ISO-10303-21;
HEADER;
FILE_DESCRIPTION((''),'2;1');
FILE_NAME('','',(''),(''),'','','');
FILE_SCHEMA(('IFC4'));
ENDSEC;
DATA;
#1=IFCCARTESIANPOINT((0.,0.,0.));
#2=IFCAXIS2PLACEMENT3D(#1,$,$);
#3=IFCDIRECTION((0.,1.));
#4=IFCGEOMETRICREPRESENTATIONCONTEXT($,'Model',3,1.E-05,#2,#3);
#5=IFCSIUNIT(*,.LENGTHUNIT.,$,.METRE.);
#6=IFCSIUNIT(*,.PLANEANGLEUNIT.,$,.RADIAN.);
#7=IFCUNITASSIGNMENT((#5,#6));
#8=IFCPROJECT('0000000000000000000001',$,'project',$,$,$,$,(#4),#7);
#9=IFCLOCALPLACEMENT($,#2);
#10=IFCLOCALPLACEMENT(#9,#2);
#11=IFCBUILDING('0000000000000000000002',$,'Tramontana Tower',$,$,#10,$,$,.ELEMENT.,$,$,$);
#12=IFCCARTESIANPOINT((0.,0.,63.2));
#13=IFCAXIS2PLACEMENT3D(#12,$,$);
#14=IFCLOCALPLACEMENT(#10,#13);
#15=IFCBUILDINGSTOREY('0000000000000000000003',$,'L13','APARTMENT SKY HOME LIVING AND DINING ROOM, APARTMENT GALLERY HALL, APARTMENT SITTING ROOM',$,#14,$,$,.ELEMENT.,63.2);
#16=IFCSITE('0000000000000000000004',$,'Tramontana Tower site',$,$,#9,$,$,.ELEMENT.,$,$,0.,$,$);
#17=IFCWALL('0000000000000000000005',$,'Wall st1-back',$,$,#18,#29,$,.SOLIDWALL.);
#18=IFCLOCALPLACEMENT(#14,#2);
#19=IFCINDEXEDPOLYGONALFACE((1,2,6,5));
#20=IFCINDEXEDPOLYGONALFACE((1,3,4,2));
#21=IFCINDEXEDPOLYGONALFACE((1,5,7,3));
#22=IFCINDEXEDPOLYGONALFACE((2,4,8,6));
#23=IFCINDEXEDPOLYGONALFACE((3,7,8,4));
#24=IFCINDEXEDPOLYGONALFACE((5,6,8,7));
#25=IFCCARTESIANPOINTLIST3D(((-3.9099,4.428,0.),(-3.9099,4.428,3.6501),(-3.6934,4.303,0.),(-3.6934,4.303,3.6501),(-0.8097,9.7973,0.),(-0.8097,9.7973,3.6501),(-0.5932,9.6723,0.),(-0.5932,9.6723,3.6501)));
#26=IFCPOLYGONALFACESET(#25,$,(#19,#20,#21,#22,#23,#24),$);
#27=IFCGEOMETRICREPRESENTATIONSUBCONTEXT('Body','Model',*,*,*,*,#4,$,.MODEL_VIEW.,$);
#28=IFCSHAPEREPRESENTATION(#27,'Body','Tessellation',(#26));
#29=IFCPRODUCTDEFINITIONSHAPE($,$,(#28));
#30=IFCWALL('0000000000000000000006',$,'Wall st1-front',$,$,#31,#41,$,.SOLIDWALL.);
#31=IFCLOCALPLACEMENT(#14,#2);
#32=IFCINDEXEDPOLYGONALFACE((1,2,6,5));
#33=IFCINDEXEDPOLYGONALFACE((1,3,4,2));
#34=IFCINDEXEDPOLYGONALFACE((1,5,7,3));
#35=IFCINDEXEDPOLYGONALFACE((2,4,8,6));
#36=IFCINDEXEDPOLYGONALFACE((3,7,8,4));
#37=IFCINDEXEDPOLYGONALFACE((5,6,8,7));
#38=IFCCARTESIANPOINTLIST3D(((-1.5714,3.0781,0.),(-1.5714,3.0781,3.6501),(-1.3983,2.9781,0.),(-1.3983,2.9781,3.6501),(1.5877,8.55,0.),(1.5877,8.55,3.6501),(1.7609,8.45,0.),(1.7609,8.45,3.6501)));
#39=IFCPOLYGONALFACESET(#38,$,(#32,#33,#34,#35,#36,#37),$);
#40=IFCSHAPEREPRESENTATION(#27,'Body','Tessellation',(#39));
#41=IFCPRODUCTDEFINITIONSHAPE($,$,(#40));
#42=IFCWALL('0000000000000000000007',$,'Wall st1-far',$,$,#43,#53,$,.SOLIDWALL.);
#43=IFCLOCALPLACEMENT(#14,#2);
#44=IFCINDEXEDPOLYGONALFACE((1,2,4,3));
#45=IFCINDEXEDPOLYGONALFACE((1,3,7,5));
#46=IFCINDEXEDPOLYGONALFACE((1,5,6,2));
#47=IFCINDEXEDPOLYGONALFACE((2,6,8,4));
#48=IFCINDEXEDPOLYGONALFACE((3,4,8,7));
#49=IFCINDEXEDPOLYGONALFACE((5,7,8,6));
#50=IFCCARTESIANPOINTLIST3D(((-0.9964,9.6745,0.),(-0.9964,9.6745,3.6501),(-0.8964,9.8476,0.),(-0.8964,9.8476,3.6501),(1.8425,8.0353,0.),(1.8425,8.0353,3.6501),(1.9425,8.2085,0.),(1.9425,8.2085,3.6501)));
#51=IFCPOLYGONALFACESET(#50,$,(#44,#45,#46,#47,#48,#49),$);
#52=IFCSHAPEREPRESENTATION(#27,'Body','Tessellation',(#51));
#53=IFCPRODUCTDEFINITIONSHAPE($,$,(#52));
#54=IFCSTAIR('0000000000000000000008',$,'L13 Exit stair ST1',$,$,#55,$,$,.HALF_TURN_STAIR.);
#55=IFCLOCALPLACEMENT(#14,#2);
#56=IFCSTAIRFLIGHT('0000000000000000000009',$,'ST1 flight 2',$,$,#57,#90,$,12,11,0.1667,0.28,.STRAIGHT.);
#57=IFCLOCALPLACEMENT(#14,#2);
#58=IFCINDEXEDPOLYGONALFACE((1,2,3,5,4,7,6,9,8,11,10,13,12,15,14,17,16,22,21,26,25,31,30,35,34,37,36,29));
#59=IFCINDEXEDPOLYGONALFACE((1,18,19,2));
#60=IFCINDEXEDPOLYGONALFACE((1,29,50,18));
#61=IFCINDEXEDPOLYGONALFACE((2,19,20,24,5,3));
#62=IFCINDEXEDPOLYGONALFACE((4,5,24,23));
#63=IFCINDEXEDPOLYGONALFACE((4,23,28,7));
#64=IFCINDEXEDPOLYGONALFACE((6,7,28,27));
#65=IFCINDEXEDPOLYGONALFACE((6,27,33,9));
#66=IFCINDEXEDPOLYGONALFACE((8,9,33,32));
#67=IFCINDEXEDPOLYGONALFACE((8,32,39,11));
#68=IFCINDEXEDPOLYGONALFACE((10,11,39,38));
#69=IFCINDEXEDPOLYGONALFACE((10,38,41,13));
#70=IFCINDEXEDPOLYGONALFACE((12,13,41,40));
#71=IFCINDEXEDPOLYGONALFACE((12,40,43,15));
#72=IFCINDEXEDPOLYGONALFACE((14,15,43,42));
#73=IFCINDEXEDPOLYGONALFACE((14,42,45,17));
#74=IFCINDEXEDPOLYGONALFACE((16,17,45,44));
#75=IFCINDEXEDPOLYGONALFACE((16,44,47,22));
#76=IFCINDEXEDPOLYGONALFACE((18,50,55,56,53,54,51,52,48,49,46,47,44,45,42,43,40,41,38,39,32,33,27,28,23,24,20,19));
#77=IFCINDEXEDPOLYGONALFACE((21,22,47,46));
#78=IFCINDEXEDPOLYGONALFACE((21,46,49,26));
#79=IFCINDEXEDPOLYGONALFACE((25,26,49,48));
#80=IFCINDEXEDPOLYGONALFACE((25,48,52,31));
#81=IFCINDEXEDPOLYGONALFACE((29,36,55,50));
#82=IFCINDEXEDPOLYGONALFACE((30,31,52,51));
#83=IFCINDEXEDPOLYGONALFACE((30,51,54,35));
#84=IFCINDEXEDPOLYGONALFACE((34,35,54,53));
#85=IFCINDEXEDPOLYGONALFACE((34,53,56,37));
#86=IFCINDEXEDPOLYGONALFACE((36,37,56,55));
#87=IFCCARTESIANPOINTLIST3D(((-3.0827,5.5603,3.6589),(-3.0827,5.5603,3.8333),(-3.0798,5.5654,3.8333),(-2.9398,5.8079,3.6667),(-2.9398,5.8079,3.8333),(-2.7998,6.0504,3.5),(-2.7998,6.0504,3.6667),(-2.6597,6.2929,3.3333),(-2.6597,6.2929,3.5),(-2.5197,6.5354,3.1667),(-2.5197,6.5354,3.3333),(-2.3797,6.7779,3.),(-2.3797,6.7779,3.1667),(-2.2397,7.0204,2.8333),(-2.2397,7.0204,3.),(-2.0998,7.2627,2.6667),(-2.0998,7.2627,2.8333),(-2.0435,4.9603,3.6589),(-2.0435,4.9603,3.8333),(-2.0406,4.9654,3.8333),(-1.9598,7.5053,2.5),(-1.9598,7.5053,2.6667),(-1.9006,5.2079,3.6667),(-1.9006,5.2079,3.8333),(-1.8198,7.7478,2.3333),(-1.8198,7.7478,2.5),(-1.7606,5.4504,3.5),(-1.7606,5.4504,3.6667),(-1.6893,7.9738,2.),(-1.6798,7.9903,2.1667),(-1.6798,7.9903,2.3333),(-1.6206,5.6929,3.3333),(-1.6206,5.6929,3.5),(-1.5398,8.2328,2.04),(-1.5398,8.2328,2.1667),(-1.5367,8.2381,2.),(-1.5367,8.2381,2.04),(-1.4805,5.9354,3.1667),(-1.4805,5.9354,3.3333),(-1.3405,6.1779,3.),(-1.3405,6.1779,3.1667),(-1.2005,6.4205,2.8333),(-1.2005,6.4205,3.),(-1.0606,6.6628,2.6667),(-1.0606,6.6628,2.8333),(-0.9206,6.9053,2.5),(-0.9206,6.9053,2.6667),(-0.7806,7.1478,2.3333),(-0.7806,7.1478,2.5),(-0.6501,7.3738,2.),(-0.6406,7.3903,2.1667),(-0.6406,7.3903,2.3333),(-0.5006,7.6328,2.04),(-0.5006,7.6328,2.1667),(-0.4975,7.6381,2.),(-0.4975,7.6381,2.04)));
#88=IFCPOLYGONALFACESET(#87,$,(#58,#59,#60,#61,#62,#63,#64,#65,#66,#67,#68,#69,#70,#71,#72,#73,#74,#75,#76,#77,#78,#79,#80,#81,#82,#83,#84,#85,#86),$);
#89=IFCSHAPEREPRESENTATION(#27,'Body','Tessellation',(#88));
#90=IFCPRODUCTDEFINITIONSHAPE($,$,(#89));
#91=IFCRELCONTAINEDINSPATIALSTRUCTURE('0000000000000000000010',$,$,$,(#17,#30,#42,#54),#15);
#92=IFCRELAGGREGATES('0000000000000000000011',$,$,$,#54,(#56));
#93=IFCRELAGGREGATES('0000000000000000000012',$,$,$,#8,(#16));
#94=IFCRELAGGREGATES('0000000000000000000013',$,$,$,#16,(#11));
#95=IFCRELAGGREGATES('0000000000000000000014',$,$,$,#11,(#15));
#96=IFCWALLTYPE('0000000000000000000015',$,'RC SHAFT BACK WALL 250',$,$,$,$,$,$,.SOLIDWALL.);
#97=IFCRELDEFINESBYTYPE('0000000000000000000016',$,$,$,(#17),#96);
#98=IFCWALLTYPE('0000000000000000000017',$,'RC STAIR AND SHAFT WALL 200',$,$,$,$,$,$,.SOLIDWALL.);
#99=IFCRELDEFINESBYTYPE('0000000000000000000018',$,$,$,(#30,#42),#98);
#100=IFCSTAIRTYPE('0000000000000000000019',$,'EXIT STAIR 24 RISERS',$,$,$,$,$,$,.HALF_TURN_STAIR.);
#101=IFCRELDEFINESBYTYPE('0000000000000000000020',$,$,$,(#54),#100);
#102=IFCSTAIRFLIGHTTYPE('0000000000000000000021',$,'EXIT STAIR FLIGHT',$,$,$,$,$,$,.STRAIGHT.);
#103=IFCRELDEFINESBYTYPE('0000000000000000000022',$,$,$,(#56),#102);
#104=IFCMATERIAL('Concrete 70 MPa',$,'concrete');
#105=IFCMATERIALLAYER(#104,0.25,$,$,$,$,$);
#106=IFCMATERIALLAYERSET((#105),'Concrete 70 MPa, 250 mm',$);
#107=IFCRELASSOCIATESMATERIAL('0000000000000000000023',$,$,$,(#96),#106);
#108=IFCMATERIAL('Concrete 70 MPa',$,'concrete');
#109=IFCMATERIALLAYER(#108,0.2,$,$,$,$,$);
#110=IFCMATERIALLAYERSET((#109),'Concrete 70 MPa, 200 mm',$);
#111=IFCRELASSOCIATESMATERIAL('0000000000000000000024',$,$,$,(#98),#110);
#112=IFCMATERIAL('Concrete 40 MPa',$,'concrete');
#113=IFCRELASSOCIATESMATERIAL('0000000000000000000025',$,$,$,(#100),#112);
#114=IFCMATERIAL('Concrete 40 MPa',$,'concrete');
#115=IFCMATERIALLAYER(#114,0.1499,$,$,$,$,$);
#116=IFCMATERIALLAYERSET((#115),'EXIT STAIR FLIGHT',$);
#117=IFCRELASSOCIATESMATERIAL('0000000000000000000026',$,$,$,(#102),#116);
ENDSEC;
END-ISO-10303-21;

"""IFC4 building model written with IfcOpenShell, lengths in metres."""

from ifc_helpers import new_model, si_unit, direction, frame, frame_2d, origin, place, context, subcontext, project, spatial, polyline, rectangle, outline, extrude, material, layer, layer_set, type_object, element, aggregate, save


model = new_model("IFC4")

# Units and contexts
model_context = context("Model", 3, precision=1e-05, world=origin(), true_north=direction((0.0, 1.0)))
body_context = subcontext(model_context, "Body", "Model", "MODEL_VIEW")
ifc_project = project(units=[si_unit("LENGTHUNIT", "METRE"), si_unit("PLANEANGLEUNIT", "RADIAN")], contexts=[model_context])

# Site, building, storey
site_placement = place(None, origin())
site = spatial("IfcSite", under=ifc_project, at=site_placement, Name="Tramontana Tower site", CompositionType="ELEMENT", RefElevation=0.0)
building_placement = place(site_placement, origin())
building = spatial("IfcBuilding", under=site, at=building_placement, Name="Tramontana Tower", CompositionType="ELEMENT")
storey_placement = place(building_placement, frame((0.0, 0.0, 63.2)))
storey = spatial("IfcBuildingStorey", under=building, at=storey_placement, Name="L13", Description="APARTMENT SKY HOME LIVING AND DINING ROOM, APARTMENT GALLERY HALL, APARTMENT SITTING ROOM", CompositionType="ELEMENT", Elevation=63.2)

# Walls
ifc_material_1 = material(Name="Concrete 70 MPa", Category="concrete")
ifc_layer_1 = layer(ifc_material_1, 0.25)
ifc_layer_set_1 = layer_set([ifc_layer_1], Name="Concrete 70 MPa, 250 mm")
wall_type_1 = type_object("IfcWallType", Name="RC SHAFT BACK WALL 250", PredefinedType="SOLIDWALL", material=ifc_layer_set_1)
wall_1_placement = place(storey_placement, frame((-0.7014, 9.7349, 0.0), z_axis=(0.0, 0.0, 1.0), x_axis=(-0.500027, -0.86601, 0.0)))
element("IfcWall", 1, at=wall_1_placement, inside=storey, type_object=wall_type_1, Name="Wall st1-back", PredefinedType="SOLIDWALL", context=body_context, shape_type="SweptSolid", body=[
    extrude(rectangle(XDim=6.2, YDim=0.25, at=frame_2d((3.1001, 0.0))), origin(), (0.0, 0.0, 1.0), 3.6501),
])
ifc_material_2 = material(Name="Concrete 70 MPa", Category="concrete")
ifc_layer_2 = layer(ifc_material_2, 0.2)
ifc_layer_set_2 = layer_set([ifc_layer_2], Name="Concrete 70 MPa, 200 mm")
wall_type_2 = type_object("IfcWallType", Name="RC STAIR AND SHAFT WALL 200", PredefinedType="SOLIDWALL", material=ifc_layer_set_2)
wall_2_placement = place(storey_placement, frame((1.6743, 8.5, 0.0), z_axis=(0.0, 0.0, 1.0), x_axis=(-0.499996, -0.866028, 0.0)))
element("IfcWall", 2, at=wall_2_placement, inside=storey, type_object=wall_type_2, Name="Wall st1-front", PredefinedType="SOLIDWALL", context=body_context, shape_type="SweptSolid", body=[
    extrude(rectangle(XDim=6.3184, YDim=0.2, at=frame_2d((3.1592, 0.0))), origin(), (0.0, 0.0, 1.0), 3.6501),
])
wall_3_placement = place(storey_placement, frame((1.8926, 8.1218, 0.0), z_axis=(0.0, 0.0, 1.0), x_axis=(-0.866007, 0.500032, 0.0)))
element("IfcWall", 3, at=wall_3_placement, inside=storey, type_object=wall_type_2, Name="Wall st1-far", PredefinedType="SOLIDWALL", context=body_context, shape_type="SweptSolid", body=[
    extrude(rectangle(XDim=3.2781, YDim=0.2, at=frame_2d((1.6392, 0.0))), origin(), (0.0, 0.0, 1.0), 3.6501),
])

# Stair, stair flight
ifc_material_3 = material(Name="Concrete 40 MPa", Category="concrete")
stair_type = type_object("IfcStairType", Name="EXIT STAIR 24 RISERS", PredefinedType="HALF_TURN_STAIR", material=ifc_material_3)
stair_placement = place(storey_placement, origin())
stair = element("IfcStair", 4, at=stair_placement, inside=storey, type_object=stair_type, Name="L13 Exit stair ST1", PredefinedType="HALF_TURN_STAIR")
ifc_material_4 = material(Name="Concrete 40 MPa", Category="concrete")
ifc_layer_3 = layer(ifc_material_4, 0.1499)
ifc_layer_set_3 = layer_set([ifc_layer_3], Name="EXIT STAIR FLIGHT")
stair_flight_type = type_object("IfcStairFlightType", Name="EXIT STAIR FLIGHT", PredefinedType="STRAIGHT", material=ifc_layer_set_3)
stair_flight_placement = place(storey_placement, frame((-1.0203, 7.9329, 2.0), z_axis=(0.0, 0.0, 1.0), x_axis=(-0.5, -0.866025, 0.0)))
stair_flight = element("IfcStairFlight", 5, at=stair_flight_placement, type_object=stair_flight_type, Name="ST1 flight 2", NumberOfRisers=12, NumberOfTreads=11, PredefinedType="STRAIGHT", RiserHeight=0.1667, TreadLength=0.28, context=body_context, shape_type="SweptSolid", body=[
    extrude(outline(polyline([(-0.0061, 0.0), (-0.0061, 0.04), (0.0, 0.04), (0.0, 0.1667), (0.28, 0.1667), (0.28, 0.3333), (0.5601, 0.3333), (0.5601, 0.5), (0.8401, 0.5), (0.8401, 0.6667), (1.1201, 0.6667), (1.1201, 0.8333), (1.3999, 0.8333), (1.3999, 1.0), (1.6799, 1.0), (1.6799, 1.1667), (1.96, 1.1667), (1.96, 1.3333), (2.24, 1.3333), (2.24, 1.5), (2.52, 1.5), (2.52, 1.6667), (2.8, 1.6667), (2.8, 1.8333), (3.0801, 1.8333), (3.0859, 1.8333), (3.0859, 1.6589), (0.2991, 0.0), (-0.0061, 0.0)])), frame((0.0, 0.6001, 0.0), z_axis=(0.0, -1.0, 0.0), x_axis=(1.0, 0.0, 0.0)), (0.0, 0.0, 1.0), 1.2),
])
aggregate(stair, [stair_flight])

save(model, "model.ifc")
